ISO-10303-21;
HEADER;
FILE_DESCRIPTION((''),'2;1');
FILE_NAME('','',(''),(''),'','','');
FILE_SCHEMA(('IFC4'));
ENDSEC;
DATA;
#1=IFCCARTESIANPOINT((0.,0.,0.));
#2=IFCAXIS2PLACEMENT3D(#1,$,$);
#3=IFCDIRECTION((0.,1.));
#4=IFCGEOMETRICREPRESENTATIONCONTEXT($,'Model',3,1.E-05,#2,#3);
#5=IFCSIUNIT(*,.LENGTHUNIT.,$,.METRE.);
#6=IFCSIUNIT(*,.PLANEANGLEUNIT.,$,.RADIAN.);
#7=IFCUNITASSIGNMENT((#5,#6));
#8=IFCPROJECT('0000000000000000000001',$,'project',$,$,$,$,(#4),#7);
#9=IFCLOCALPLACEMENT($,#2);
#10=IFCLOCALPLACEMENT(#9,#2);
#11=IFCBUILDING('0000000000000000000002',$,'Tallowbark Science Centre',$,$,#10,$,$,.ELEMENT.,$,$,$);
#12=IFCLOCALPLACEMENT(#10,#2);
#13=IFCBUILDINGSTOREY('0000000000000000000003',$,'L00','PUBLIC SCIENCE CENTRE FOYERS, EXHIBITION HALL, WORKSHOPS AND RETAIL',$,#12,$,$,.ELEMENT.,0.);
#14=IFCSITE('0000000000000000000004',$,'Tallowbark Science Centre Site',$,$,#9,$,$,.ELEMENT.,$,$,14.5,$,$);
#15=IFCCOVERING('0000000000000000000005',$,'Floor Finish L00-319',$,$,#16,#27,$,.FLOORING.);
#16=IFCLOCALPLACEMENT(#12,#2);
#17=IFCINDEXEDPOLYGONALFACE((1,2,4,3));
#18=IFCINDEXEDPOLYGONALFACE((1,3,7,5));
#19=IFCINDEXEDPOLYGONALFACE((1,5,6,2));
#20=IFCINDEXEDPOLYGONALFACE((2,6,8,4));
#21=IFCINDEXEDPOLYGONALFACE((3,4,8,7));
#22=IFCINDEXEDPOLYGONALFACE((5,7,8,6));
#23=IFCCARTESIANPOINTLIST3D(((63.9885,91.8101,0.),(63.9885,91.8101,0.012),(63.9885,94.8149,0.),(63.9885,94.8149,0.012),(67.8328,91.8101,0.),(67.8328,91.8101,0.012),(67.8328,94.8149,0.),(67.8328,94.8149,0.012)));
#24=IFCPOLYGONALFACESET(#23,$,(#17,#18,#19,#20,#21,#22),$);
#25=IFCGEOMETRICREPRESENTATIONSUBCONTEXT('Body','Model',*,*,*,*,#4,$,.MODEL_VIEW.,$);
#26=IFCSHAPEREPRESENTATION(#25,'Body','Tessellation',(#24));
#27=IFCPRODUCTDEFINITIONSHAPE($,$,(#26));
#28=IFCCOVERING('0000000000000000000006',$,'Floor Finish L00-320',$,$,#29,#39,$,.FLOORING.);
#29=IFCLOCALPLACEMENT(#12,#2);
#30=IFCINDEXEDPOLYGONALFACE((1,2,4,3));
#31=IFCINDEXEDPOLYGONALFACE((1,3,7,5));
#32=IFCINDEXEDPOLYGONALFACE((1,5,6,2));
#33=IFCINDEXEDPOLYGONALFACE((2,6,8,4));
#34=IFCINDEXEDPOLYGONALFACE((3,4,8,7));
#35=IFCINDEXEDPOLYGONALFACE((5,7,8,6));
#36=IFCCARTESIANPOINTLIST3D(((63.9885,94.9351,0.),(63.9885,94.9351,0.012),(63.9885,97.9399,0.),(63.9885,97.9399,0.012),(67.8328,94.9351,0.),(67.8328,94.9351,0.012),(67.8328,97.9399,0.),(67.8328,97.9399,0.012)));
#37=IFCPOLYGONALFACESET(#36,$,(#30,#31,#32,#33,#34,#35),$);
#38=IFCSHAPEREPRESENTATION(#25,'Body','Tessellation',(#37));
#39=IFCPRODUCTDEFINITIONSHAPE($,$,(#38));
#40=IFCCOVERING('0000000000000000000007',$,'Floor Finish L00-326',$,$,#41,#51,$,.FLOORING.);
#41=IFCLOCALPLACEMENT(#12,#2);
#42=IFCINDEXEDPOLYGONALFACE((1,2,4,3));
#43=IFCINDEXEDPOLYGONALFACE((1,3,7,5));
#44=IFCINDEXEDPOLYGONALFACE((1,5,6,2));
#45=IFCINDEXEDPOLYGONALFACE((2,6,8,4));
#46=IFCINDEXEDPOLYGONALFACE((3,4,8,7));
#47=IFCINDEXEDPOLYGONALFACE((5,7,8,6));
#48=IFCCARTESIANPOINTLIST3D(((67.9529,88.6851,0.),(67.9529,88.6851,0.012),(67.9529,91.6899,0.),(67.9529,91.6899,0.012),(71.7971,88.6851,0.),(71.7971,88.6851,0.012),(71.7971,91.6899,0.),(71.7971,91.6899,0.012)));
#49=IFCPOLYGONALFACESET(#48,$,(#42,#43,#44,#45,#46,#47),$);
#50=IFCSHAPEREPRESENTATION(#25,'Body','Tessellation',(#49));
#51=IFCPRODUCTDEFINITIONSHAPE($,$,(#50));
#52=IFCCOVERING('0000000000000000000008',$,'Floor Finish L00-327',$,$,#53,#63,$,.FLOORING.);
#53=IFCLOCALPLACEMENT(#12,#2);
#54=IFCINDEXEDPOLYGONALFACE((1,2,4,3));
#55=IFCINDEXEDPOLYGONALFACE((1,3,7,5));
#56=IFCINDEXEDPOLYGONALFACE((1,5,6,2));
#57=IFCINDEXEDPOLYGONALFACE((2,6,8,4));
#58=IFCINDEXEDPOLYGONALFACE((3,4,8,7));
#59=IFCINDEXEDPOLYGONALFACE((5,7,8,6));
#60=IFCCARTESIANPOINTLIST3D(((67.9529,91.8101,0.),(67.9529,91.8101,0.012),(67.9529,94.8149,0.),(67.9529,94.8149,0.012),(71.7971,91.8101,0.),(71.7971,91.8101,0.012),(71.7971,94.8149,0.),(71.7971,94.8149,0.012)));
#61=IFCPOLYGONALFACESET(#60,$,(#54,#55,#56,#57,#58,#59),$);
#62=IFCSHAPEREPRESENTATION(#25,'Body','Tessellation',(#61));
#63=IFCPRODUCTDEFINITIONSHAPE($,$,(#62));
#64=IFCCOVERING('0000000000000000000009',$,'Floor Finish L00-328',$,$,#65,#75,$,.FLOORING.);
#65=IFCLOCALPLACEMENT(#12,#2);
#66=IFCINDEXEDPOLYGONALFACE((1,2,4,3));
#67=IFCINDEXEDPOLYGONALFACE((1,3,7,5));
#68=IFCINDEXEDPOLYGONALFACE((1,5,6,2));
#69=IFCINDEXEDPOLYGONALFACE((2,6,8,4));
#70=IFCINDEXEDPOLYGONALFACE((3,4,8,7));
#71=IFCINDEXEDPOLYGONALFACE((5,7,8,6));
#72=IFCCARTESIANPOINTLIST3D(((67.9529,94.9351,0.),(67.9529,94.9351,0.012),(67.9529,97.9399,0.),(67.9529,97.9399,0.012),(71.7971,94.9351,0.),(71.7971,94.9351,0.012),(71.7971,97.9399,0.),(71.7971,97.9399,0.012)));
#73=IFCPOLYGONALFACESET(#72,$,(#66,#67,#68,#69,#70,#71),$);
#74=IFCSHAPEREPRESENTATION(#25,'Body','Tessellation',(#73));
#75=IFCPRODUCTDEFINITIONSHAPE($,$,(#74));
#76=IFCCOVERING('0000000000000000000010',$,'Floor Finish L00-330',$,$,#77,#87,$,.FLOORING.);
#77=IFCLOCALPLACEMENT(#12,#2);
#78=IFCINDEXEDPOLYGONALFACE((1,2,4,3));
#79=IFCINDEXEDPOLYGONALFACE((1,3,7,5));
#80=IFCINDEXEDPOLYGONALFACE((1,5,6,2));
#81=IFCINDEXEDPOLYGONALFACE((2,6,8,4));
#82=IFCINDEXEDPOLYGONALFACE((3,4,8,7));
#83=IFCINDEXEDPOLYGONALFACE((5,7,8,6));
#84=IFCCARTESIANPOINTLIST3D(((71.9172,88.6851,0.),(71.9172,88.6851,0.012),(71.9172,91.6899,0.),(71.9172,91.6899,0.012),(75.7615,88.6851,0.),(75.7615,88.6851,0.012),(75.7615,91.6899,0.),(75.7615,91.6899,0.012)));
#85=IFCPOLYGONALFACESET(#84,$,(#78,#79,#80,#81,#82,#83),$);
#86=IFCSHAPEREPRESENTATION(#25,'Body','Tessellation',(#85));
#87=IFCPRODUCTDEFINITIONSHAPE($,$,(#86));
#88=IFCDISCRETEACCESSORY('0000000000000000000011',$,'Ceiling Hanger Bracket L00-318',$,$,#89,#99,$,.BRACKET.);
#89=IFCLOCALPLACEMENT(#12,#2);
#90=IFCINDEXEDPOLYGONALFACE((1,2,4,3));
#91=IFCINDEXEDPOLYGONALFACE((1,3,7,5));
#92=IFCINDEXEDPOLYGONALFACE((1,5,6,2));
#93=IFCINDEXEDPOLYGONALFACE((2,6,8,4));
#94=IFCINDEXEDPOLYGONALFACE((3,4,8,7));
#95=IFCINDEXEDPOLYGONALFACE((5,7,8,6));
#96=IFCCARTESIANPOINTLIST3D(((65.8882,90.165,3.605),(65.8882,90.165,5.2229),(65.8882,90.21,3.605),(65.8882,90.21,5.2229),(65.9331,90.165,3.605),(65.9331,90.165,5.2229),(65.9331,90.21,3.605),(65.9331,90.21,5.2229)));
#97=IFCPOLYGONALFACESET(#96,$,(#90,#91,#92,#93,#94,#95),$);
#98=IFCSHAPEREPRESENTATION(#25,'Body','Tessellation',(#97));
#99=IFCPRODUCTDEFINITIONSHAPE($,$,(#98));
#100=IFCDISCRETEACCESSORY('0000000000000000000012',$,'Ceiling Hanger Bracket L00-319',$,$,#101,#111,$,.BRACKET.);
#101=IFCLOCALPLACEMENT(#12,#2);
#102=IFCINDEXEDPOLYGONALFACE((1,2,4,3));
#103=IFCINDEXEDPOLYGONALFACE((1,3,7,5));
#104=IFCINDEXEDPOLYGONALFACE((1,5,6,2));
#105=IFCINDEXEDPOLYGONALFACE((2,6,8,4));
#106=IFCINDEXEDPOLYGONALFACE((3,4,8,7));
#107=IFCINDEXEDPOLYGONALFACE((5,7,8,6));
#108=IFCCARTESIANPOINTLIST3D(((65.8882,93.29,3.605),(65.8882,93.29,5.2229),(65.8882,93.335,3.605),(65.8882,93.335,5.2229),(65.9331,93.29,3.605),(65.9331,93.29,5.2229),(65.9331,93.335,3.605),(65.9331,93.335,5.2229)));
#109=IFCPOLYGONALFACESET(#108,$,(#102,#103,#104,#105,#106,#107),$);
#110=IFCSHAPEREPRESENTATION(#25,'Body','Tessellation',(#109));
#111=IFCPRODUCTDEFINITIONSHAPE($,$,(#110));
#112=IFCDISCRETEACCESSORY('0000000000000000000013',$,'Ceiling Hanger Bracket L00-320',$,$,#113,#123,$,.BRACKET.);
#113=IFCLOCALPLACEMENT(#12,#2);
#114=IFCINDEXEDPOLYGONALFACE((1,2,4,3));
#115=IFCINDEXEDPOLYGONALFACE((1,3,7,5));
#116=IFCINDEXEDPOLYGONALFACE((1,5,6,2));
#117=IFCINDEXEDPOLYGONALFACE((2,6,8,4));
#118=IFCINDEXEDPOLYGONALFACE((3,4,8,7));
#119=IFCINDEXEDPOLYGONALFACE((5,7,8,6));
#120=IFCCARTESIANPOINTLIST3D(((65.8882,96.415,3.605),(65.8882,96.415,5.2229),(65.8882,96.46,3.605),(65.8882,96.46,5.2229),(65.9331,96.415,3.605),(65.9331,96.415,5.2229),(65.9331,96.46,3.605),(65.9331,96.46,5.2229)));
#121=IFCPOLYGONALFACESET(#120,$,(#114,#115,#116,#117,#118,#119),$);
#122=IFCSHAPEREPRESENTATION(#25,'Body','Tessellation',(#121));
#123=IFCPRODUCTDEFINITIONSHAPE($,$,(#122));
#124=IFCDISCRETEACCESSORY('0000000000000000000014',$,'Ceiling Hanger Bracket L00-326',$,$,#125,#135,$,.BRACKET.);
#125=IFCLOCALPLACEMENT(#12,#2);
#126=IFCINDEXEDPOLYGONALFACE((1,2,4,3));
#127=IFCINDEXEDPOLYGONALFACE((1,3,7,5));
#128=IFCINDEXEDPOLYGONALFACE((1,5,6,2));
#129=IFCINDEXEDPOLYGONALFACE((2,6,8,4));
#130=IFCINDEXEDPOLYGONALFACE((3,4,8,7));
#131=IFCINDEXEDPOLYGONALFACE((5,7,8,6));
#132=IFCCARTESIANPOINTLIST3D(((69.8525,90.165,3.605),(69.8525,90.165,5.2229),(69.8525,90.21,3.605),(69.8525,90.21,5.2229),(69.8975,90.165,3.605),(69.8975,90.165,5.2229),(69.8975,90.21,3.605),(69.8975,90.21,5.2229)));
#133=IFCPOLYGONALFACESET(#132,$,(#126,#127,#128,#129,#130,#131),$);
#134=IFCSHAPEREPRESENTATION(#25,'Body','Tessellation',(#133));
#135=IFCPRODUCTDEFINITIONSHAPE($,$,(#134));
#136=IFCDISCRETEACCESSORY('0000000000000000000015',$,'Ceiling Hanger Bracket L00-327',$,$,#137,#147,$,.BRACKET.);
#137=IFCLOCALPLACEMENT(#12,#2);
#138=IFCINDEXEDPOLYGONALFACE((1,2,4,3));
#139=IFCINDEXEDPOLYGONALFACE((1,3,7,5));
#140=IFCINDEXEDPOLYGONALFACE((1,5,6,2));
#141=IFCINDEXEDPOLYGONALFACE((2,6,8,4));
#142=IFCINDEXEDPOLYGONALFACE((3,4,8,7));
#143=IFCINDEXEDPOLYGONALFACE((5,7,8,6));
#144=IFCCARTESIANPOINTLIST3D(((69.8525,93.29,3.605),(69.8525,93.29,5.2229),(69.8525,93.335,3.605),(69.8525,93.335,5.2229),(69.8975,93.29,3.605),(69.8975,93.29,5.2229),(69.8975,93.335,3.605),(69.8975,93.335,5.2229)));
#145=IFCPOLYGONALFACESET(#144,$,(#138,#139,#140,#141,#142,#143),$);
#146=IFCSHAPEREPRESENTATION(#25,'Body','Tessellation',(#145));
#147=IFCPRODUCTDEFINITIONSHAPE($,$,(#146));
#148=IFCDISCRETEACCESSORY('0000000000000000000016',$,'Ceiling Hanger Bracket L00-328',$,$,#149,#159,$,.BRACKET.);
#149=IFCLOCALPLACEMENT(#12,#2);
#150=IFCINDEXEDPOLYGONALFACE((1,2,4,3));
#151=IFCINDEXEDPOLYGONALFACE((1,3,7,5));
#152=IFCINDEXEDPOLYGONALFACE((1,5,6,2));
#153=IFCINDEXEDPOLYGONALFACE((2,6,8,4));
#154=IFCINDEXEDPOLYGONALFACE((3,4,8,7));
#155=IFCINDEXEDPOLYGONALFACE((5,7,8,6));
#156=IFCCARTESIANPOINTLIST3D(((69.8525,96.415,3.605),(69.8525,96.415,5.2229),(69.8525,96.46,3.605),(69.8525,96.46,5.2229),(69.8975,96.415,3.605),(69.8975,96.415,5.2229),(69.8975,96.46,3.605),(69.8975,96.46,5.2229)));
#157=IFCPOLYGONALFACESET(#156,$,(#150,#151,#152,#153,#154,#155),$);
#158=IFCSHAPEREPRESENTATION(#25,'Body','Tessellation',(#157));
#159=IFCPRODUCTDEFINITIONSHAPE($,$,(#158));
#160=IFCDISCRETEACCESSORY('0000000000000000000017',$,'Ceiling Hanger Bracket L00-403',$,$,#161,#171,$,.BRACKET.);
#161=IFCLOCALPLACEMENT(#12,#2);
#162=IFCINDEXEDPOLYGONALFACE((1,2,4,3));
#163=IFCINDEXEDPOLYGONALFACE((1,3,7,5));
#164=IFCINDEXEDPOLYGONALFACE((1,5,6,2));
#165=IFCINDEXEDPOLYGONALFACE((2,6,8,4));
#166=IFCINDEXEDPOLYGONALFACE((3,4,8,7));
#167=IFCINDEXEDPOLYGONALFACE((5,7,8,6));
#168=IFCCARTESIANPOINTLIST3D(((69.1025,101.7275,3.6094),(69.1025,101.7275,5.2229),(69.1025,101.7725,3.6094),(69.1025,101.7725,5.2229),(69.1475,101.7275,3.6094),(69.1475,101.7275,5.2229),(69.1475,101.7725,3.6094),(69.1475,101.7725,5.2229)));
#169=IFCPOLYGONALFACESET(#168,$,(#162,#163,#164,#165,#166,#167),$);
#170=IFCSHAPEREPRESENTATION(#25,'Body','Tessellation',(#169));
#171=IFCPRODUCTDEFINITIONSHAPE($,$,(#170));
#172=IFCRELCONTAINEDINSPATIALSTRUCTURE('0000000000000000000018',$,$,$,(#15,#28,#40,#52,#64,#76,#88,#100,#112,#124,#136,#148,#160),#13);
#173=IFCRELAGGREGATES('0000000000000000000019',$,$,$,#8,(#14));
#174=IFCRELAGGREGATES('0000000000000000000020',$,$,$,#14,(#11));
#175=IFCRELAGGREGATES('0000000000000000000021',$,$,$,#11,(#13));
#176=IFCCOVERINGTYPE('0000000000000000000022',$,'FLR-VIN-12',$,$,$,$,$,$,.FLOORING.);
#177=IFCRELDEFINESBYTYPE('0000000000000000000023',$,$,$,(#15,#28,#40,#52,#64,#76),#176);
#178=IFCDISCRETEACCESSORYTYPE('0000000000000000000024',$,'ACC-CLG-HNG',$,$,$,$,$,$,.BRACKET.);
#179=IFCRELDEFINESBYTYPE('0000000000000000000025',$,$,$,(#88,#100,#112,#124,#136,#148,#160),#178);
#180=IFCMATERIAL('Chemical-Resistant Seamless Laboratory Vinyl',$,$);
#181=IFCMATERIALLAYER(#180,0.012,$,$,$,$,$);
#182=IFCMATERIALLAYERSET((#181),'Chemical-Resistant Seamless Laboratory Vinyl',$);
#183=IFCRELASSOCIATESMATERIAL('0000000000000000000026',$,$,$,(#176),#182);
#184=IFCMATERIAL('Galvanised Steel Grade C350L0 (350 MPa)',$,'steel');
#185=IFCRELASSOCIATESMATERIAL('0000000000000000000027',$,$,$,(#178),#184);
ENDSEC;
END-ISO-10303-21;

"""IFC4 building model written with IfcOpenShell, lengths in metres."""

from ifc_helpers import new_model, si_unit, direction, frame, origin, origin_2d, place, context, subcontext, project, spatial, rectangle, extrude, material, layer, layer_set, type_object, element, save


model = new_model("IFC4")

# Units and contexts
model_context = context("Model", 3, precision=1e-05, world=origin(), true_north=direction((0.0, 1.0)))
body_context = subcontext(model_context, "Body", "Model", "MODEL_VIEW")
ifc_project = project(units=[si_unit("LENGTHUNIT", "METRE"), si_unit("PLANEANGLEUNIT", "RADIAN")], contexts=[model_context])

# Site, building, storey
site_placement = place(None, origin())
site = spatial("IfcSite", under=ifc_project, at=site_placement, Name="Tallowbark Science Centre Site", CompositionType="ELEMENT", RefElevation=14.5)
building_placement = place(site_placement, origin())
building = spatial("IfcBuilding", under=site, at=building_placement, Name="Tallowbark Science Centre", CompositionType="ELEMENT")
storey_placement = place(building_placement, origin())
storey = spatial("IfcBuildingStorey", under=building, at=storey_placement, Name="L00", Description="PUBLIC SCIENCE CENTRE FOYERS, EXHIBITION HALL, WORKSHOPS AND RETAIL", CompositionType="ELEMENT", Elevation=0.0)

# Coverings
ifc_material_1 = material(Name="Chemical-Resistant Seamless Laboratory Vinyl")
ifc_layer_1 = layer(ifc_material_1, 0.012)
ifc_layer_set_1 = layer_set([ifc_layer_1], Name="Chemical-Resistant Seamless Laboratory Vinyl")
covering_type_1 = type_object("IfcCoveringType", Name="FLR-VIN-12", PredefinedType="FLOORING", material=ifc_layer_set_1)
for number, where, z_axis, x_axis, name in (
    (1, (65.9106, 93.3125, 0.0), (0.0, 0.0, 1.0), (1.0, 0.0, 0.0), "Floor Finish L00-319"),
    (2, (65.9106, 96.4375, 0.0), (0.0, 0.0, 1.0), (1.0, 0.0, 0.0), "Floor Finish L00-320"),
    (3, (69.875, 90.1875, 0.0), (0.0, 0.0, 1.0), (1.0, 0.0, 0.0), "Floor Finish L00-326"),
    (4, (69.875, 93.3125, 0.0), (0.0, 0.0, 1.0), (1.0, 0.0, 0.0), "Floor Finish L00-327"),
    (5, (69.875, 96.4375, 0.0), (0.0, 0.0, 1.0), (1.0, 0.0, 0.0), "Floor Finish L00-328"),
    (6, (73.8394, 90.1875, 0.0), (0.0, 0.0, 1.0), (1.0, 0.0, 0.0), "Floor Finish L00-330"),
):
    element("IfcCovering", number, at=place(storey_placement, frame(where, z_axis=z_axis, x_axis=x_axis)), inside=storey, type_object=covering_type_1, Name=name, PredefinedType="FLOORING", context=body_context, shape_type="SweptSolid", body=[
        extrude(rectangle(XDim=3.8442, YDim=3.0049, at=origin_2d()), origin(), (0.0, 0.0, 1.0), 0.012),
    ])

# Discrete accessories
ifc_material_2 = material(Name="Galvanised Steel Grade C350L0 (350 MPa)", Category="steel")
discrete_accessory_type = type_object("IfcDiscreteAccessoryType", Name="ACC-CLG-HNG", PredefinedType="BRACKET", material=ifc_material_2)
for number, where, z_axis, x_axis, name in (
    (7, (65.9106, 90.1875, 3.605), (0.0, 0.0, 1.0), (1.0, 0.0, 0.0), "Ceiling Hanger Bracket L00-318"),
    (8, (65.9106, 93.3125, 3.605), (0.0, 0.0, 1.0), (1.0, 0.0, 0.0), "Ceiling Hanger Bracket L00-319"),
    (9, (65.9106, 96.4375, 3.605), (0.0, 0.0, 1.0), (1.0, 0.0, 0.0), "Ceiling Hanger Bracket L00-320"),
    (10, (69.875, 90.1875, 3.605), (0.0, 0.0, 1.0), (1.0, 0.0, 0.0), "Ceiling Hanger Bracket L00-326"),
    (11, (69.875, 93.3125, 3.605), (0.0, 0.0, 1.0), (1.0, 0.0, 0.0), "Ceiling Hanger Bracket L00-327"),
    (12, (69.875, 96.4375, 3.605), (0.0, 0.0, 1.0), (1.0, 0.0, 0.0), "Ceiling Hanger Bracket L00-328"),
):
    element("IfcDiscreteAccessory", number, at=place(storey_placement, frame(where, z_axis=z_axis, x_axis=x_axis)), inside=storey, type_object=discrete_accessory_type, Name=name, PredefinedType="BRACKET", context=body_context, shape_type="SweptSolid", body=[
        extrude(rectangle(XDim=0.0449, YDim=0.0449, at=origin_2d()), origin(), (0.0, 0.0, 1.0), 1.6179),
    ])
discrete_accessory_placement = place(storey_placement, frame((69.125, 101.75, 3.6094), z_axis=(0.0, 0.0, 1.0), x_axis=(1.0, 0.0, 0.0)))
element("IfcDiscreteAccessory", 13, at=discrete_accessory_placement, inside=storey, type_object=discrete_accessory_type, Name="Ceiling Hanger Bracket L00-403", PredefinedType="BRACKET", context=body_context, shape_type="SweptSolid", body=[
    extrude(rectangle(XDim=0.0449, YDim=0.0449, at=origin_2d()), origin(), (0.0, 0.0, 1.0), 1.6135),
])

save(model, "model.ifc")
